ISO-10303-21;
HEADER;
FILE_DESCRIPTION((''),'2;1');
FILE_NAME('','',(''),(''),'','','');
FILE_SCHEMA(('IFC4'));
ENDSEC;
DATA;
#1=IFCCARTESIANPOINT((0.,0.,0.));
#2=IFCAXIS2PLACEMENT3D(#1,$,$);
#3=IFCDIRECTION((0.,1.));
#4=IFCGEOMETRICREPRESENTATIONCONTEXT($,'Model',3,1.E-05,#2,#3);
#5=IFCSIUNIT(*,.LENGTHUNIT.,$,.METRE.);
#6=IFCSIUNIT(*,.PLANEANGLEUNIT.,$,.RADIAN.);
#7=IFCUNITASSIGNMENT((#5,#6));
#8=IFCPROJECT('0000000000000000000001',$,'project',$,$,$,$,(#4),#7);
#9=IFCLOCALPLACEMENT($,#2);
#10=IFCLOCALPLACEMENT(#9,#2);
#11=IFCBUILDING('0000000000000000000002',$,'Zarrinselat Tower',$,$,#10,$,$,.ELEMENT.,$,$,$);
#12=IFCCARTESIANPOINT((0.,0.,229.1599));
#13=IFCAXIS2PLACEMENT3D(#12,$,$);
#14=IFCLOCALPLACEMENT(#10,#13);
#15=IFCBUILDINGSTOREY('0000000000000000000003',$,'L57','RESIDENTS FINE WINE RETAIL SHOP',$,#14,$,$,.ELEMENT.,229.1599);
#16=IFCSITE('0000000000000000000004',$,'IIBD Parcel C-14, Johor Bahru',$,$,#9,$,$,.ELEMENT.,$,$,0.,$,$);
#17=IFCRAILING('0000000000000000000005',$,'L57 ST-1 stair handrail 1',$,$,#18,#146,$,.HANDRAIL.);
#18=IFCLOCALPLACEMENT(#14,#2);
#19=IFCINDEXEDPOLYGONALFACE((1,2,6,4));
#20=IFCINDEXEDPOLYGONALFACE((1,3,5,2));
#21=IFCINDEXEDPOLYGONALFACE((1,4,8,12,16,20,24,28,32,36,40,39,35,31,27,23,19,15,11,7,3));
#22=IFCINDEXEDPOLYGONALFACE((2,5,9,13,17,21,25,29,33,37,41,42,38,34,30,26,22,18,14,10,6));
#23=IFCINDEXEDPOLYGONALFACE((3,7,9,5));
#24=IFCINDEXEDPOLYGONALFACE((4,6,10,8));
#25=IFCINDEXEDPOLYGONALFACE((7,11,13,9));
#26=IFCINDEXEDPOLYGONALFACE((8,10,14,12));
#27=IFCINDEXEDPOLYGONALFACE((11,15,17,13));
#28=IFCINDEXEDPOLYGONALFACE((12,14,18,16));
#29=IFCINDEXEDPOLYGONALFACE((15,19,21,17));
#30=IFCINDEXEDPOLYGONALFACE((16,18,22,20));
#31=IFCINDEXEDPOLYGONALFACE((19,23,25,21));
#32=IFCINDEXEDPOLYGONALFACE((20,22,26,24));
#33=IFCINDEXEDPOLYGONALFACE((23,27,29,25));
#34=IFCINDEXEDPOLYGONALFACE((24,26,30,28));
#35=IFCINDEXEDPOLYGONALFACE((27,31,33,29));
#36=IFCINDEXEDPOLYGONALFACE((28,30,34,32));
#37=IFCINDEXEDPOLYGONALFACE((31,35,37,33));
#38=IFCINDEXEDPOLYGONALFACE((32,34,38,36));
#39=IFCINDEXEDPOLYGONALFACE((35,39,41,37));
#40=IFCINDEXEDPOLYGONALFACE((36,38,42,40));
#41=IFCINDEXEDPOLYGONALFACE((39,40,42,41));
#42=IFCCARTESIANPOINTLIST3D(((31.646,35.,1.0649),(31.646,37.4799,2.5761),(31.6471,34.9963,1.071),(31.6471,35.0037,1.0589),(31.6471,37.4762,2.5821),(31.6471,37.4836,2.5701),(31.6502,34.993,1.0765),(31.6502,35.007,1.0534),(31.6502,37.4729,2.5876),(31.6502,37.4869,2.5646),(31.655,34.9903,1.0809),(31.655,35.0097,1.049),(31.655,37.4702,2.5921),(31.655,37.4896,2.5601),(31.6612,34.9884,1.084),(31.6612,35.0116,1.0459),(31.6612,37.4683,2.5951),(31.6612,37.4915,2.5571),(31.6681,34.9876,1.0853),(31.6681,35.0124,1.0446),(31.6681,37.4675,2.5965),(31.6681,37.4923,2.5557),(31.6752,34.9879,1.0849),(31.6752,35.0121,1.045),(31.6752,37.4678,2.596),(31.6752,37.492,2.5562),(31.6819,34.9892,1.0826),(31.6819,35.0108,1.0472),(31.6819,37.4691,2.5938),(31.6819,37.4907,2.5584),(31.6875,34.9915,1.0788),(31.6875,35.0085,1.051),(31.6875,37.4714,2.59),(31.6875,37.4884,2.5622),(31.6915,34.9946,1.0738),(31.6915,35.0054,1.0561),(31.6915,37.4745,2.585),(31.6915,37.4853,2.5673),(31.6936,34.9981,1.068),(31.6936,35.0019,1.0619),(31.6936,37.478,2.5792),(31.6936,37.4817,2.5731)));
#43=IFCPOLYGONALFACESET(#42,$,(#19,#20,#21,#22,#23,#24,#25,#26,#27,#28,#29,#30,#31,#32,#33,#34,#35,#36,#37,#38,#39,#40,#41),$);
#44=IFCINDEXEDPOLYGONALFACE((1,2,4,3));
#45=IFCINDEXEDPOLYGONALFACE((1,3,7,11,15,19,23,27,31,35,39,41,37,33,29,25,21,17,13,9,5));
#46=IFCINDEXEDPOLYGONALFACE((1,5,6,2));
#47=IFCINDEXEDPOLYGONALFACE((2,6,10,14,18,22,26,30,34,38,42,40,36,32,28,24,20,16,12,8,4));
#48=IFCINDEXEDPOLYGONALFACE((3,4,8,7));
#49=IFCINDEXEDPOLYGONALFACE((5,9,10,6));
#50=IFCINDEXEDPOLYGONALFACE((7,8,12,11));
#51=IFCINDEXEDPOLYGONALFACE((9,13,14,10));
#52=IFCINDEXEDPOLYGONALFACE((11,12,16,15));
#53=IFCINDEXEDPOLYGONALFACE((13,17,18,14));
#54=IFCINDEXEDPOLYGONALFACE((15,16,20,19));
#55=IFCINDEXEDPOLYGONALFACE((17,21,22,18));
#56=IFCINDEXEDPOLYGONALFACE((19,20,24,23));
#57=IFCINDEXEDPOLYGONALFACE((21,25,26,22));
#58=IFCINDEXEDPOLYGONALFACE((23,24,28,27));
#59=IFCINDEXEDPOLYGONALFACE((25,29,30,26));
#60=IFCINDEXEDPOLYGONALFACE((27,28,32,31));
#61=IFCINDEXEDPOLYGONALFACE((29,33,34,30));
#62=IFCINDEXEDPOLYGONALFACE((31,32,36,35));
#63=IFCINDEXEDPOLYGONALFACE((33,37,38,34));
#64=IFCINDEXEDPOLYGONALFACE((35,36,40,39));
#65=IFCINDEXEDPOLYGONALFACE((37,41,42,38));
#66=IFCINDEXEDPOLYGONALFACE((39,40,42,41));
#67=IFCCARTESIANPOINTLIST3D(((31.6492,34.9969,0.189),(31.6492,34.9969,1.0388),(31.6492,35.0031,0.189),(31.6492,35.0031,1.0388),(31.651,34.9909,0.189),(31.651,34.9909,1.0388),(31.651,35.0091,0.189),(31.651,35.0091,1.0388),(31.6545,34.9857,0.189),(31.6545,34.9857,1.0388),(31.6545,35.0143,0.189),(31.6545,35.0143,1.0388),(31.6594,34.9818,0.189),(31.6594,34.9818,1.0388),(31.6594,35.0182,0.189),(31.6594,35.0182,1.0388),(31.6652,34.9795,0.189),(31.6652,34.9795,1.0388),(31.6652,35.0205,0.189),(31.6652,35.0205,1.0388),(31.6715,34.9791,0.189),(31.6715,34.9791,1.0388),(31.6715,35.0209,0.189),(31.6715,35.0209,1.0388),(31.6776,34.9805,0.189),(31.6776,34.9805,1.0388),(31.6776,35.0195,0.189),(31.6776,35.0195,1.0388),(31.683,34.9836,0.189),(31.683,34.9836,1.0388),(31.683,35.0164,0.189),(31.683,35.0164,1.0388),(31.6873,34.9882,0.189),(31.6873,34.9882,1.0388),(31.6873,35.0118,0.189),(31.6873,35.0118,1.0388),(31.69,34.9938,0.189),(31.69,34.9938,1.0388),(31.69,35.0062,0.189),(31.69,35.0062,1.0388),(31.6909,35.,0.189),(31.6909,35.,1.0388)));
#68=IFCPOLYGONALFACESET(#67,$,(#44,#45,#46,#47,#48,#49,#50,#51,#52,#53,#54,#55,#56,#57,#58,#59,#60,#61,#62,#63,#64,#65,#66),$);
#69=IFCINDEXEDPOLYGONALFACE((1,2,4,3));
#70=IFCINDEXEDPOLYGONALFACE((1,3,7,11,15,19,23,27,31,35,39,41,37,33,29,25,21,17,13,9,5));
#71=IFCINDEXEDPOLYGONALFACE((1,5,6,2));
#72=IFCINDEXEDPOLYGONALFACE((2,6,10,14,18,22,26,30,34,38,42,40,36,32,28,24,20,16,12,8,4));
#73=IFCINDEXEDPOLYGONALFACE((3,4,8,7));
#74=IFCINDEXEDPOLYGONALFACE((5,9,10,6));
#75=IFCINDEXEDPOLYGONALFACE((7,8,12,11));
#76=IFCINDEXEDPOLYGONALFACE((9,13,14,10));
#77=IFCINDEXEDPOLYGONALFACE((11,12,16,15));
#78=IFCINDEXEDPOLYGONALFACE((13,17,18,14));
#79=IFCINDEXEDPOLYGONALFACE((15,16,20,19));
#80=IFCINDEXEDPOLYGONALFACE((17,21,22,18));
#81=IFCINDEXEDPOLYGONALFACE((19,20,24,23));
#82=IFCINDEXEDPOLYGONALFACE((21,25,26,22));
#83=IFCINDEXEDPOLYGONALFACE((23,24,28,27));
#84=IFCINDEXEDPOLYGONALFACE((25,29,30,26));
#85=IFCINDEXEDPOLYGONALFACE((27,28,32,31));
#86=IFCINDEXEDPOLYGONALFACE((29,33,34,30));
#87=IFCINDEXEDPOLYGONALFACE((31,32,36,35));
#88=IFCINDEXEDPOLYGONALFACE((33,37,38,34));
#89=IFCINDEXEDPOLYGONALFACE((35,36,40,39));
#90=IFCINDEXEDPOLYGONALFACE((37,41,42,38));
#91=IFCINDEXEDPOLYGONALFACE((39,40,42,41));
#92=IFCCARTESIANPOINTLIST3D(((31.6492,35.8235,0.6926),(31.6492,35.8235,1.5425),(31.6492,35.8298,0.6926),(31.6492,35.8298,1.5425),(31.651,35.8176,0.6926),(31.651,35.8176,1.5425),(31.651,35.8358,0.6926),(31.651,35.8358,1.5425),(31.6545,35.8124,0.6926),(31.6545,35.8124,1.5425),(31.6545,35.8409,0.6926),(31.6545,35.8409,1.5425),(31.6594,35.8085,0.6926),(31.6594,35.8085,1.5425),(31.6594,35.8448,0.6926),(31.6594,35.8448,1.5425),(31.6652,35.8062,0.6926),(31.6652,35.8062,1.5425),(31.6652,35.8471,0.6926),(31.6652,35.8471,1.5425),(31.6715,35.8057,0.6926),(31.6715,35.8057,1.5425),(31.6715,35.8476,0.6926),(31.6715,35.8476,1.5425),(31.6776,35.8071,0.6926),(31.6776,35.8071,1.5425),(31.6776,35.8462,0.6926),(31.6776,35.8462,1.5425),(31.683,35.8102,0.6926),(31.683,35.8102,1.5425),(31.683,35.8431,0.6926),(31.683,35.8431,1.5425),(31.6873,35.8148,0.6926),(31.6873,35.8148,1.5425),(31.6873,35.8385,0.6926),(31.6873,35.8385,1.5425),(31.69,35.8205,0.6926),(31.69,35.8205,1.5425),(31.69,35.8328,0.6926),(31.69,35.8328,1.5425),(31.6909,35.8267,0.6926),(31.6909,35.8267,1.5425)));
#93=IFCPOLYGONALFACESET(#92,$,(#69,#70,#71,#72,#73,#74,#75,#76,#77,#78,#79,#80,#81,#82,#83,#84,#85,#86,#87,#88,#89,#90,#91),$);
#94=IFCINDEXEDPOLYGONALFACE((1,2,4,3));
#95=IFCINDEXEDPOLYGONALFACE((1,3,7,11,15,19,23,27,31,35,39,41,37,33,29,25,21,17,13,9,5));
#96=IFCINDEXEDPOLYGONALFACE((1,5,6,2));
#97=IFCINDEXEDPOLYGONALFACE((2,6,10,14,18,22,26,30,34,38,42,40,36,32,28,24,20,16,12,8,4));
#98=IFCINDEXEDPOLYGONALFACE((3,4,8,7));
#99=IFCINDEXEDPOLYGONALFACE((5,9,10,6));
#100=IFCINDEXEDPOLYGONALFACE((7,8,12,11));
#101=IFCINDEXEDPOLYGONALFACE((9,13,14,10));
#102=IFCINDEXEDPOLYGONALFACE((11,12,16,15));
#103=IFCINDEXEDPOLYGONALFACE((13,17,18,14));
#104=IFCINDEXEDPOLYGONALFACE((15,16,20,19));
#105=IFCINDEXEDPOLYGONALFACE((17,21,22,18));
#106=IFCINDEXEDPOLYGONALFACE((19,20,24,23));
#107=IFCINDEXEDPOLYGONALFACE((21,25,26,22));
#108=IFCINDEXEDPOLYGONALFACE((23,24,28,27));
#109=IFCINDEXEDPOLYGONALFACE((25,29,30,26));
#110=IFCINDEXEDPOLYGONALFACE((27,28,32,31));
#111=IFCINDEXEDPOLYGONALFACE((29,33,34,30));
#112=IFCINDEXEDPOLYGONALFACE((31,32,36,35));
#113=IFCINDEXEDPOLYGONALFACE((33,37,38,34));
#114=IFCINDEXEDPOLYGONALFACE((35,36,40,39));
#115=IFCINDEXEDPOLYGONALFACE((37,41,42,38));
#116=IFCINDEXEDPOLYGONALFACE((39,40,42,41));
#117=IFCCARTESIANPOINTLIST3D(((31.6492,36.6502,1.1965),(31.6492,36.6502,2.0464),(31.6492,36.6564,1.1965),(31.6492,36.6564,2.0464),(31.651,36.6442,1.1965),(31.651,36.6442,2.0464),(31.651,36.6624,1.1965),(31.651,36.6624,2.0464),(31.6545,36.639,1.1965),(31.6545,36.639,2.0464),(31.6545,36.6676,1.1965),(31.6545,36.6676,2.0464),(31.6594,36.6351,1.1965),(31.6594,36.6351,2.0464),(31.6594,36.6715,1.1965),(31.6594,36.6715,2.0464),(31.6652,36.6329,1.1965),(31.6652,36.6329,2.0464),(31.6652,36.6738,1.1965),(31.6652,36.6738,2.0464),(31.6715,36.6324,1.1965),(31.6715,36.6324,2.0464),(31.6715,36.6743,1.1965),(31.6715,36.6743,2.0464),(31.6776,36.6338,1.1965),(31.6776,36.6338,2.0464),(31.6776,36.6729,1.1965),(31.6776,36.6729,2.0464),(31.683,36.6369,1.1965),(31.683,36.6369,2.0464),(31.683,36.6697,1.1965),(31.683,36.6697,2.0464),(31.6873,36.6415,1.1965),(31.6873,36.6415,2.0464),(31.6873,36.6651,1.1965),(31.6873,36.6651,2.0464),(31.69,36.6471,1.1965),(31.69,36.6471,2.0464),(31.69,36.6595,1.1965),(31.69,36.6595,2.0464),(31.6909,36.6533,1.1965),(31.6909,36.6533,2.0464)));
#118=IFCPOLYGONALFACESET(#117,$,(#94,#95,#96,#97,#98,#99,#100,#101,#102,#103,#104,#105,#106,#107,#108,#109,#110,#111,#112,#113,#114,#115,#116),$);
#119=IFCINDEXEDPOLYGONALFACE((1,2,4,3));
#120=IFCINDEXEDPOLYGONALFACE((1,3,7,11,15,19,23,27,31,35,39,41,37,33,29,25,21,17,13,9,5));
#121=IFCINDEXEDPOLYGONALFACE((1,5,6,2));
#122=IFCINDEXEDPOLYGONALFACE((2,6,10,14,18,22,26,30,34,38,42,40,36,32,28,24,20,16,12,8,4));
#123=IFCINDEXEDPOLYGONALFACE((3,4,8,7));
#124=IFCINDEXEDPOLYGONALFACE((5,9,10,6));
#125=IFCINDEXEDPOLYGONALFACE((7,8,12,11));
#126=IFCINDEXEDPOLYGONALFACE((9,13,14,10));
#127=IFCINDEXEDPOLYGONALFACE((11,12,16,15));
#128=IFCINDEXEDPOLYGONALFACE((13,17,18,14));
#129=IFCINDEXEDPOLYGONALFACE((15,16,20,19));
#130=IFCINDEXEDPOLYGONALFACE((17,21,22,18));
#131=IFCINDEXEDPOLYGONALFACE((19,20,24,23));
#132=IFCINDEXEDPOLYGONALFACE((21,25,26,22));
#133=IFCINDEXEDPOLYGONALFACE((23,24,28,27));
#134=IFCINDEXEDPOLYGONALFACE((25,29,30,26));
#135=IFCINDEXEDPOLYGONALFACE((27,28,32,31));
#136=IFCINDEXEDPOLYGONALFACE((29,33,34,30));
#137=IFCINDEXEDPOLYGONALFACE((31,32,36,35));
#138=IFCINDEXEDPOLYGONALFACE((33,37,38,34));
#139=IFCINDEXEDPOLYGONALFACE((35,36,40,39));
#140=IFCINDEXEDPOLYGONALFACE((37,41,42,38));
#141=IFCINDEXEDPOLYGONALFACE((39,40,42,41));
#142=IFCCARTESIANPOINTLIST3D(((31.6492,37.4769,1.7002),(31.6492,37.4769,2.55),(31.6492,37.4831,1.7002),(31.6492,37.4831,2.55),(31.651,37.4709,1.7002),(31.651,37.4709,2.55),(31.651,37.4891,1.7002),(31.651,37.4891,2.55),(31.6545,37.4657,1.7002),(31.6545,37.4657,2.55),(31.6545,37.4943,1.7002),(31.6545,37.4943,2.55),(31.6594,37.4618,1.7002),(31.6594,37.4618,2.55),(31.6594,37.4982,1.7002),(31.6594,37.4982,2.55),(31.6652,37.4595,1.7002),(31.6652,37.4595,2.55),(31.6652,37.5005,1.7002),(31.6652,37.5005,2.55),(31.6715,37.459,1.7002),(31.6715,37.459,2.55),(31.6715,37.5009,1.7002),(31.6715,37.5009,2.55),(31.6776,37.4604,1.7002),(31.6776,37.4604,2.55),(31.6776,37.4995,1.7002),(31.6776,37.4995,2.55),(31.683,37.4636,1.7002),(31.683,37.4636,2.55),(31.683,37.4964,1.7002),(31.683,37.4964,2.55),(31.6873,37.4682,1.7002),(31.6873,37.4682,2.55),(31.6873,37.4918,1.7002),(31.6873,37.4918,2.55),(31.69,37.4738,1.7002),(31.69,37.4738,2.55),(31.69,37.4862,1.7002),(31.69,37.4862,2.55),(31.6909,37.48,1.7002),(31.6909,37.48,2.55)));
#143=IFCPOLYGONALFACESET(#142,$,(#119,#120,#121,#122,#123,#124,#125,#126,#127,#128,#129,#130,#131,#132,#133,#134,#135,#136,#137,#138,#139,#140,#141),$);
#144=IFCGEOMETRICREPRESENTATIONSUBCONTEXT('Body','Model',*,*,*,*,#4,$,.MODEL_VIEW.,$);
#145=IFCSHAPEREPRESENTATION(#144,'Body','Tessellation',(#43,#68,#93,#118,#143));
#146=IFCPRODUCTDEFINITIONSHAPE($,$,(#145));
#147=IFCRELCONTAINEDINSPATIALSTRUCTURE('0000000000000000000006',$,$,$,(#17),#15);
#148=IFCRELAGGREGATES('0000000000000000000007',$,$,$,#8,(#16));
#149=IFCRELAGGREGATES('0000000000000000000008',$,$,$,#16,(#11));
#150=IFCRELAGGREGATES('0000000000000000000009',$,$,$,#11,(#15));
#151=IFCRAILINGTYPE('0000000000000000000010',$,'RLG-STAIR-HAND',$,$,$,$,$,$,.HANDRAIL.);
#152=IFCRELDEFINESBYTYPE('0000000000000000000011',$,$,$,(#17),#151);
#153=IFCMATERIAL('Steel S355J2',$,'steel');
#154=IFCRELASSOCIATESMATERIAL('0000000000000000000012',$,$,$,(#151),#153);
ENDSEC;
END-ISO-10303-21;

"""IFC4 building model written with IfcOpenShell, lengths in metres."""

from ifc_helpers import new_model, si_unit, direction, frame, origin, origin_2d, place, context, subcontext, project, spatial, circle, extrude, material, type_object, element, save


model = new_model("IFC4")

# Units and contexts
model_context = context("Model", 3, precision=1e-05, world=origin(), true_north=direction((0.0, 1.0)))
body_context = subcontext(model_context, "Body", "Model", "MODEL_VIEW")
ifc_project = project(units=[si_unit("LENGTHUNIT", "METRE"), si_unit("PLANEANGLEUNIT", "RADIAN")], contexts=[model_context])

# Site, building, storey
site_placement = place(None, origin())
site = spatial("IfcSite", under=ifc_project, at=site_placement, Name="IIBD Parcel C-14, Johor Bahru", CompositionType="ELEMENT", RefElevation=0.0)
building_placement = place(site_placement, origin())
building = spatial("IfcBuilding", under=site, at=building_placement, Name="Zarrinselat Tower", CompositionType="ELEMENT")
storey_placement = place(building_placement, frame((0.0, 0.0, 229.1599)))
storey = spatial("IfcBuildingStorey", under=building, at=storey_placement, Name="L57", Description="RESIDENTS FINE WINE RETAIL SHOP", CompositionType="ELEMENT", Elevation=229.1599)

# Railing
ifc_material_1 = material(Name="Steel S355J2", Category="steel")
railing_type_1 = type_object("IfcRailingType", Name="RLG-STAIR-HAND", PredefinedType="HANDRAIL", material=ifc_material_1)
railing_1_placement = place(storey_placement, frame((31.6699, 35.0, 0.189)))
element("IfcRailing", 1, at=railing_1_placement, inside=storey, type_object=railing_type_1, Name="L57 ST-1 stair handrail 1", PredefinedType="HANDRAIL", context=body_context, shape_type="SweptSolid", body=[
    extrude(circle(Radius=0.0239, at=origin_2d()), frame((0.0, 0.0, 0.876), z_axis=(0.0, 0.853942, 0.520368), x_axis=(-1.0, 0.0, 0.0)), (0.0, 0.0, 1.0), 2.9041),
    extrude(circle(Radius=0.021, at=origin_2d()), origin(), (0.0, 0.0, 1.0), 0.8499),
    extrude(circle(Radius=0.021, at=origin_2d()), frame((0.0, 0.8267, 0.5037)), (0.0, 0.0, 1.0), 0.8499),
    extrude(circle(Radius=0.021, at=origin_2d()), frame((0.0, 1.6533, 1.0076)), (0.0, 0.0, 1.0), 0.8499),
    extrude(circle(Radius=0.021, at=origin_2d()), frame((0.0, 2.48, 1.5112)), (0.0, 0.0, 1.0), 0.8499),
])

save(model, "model.ifc")
